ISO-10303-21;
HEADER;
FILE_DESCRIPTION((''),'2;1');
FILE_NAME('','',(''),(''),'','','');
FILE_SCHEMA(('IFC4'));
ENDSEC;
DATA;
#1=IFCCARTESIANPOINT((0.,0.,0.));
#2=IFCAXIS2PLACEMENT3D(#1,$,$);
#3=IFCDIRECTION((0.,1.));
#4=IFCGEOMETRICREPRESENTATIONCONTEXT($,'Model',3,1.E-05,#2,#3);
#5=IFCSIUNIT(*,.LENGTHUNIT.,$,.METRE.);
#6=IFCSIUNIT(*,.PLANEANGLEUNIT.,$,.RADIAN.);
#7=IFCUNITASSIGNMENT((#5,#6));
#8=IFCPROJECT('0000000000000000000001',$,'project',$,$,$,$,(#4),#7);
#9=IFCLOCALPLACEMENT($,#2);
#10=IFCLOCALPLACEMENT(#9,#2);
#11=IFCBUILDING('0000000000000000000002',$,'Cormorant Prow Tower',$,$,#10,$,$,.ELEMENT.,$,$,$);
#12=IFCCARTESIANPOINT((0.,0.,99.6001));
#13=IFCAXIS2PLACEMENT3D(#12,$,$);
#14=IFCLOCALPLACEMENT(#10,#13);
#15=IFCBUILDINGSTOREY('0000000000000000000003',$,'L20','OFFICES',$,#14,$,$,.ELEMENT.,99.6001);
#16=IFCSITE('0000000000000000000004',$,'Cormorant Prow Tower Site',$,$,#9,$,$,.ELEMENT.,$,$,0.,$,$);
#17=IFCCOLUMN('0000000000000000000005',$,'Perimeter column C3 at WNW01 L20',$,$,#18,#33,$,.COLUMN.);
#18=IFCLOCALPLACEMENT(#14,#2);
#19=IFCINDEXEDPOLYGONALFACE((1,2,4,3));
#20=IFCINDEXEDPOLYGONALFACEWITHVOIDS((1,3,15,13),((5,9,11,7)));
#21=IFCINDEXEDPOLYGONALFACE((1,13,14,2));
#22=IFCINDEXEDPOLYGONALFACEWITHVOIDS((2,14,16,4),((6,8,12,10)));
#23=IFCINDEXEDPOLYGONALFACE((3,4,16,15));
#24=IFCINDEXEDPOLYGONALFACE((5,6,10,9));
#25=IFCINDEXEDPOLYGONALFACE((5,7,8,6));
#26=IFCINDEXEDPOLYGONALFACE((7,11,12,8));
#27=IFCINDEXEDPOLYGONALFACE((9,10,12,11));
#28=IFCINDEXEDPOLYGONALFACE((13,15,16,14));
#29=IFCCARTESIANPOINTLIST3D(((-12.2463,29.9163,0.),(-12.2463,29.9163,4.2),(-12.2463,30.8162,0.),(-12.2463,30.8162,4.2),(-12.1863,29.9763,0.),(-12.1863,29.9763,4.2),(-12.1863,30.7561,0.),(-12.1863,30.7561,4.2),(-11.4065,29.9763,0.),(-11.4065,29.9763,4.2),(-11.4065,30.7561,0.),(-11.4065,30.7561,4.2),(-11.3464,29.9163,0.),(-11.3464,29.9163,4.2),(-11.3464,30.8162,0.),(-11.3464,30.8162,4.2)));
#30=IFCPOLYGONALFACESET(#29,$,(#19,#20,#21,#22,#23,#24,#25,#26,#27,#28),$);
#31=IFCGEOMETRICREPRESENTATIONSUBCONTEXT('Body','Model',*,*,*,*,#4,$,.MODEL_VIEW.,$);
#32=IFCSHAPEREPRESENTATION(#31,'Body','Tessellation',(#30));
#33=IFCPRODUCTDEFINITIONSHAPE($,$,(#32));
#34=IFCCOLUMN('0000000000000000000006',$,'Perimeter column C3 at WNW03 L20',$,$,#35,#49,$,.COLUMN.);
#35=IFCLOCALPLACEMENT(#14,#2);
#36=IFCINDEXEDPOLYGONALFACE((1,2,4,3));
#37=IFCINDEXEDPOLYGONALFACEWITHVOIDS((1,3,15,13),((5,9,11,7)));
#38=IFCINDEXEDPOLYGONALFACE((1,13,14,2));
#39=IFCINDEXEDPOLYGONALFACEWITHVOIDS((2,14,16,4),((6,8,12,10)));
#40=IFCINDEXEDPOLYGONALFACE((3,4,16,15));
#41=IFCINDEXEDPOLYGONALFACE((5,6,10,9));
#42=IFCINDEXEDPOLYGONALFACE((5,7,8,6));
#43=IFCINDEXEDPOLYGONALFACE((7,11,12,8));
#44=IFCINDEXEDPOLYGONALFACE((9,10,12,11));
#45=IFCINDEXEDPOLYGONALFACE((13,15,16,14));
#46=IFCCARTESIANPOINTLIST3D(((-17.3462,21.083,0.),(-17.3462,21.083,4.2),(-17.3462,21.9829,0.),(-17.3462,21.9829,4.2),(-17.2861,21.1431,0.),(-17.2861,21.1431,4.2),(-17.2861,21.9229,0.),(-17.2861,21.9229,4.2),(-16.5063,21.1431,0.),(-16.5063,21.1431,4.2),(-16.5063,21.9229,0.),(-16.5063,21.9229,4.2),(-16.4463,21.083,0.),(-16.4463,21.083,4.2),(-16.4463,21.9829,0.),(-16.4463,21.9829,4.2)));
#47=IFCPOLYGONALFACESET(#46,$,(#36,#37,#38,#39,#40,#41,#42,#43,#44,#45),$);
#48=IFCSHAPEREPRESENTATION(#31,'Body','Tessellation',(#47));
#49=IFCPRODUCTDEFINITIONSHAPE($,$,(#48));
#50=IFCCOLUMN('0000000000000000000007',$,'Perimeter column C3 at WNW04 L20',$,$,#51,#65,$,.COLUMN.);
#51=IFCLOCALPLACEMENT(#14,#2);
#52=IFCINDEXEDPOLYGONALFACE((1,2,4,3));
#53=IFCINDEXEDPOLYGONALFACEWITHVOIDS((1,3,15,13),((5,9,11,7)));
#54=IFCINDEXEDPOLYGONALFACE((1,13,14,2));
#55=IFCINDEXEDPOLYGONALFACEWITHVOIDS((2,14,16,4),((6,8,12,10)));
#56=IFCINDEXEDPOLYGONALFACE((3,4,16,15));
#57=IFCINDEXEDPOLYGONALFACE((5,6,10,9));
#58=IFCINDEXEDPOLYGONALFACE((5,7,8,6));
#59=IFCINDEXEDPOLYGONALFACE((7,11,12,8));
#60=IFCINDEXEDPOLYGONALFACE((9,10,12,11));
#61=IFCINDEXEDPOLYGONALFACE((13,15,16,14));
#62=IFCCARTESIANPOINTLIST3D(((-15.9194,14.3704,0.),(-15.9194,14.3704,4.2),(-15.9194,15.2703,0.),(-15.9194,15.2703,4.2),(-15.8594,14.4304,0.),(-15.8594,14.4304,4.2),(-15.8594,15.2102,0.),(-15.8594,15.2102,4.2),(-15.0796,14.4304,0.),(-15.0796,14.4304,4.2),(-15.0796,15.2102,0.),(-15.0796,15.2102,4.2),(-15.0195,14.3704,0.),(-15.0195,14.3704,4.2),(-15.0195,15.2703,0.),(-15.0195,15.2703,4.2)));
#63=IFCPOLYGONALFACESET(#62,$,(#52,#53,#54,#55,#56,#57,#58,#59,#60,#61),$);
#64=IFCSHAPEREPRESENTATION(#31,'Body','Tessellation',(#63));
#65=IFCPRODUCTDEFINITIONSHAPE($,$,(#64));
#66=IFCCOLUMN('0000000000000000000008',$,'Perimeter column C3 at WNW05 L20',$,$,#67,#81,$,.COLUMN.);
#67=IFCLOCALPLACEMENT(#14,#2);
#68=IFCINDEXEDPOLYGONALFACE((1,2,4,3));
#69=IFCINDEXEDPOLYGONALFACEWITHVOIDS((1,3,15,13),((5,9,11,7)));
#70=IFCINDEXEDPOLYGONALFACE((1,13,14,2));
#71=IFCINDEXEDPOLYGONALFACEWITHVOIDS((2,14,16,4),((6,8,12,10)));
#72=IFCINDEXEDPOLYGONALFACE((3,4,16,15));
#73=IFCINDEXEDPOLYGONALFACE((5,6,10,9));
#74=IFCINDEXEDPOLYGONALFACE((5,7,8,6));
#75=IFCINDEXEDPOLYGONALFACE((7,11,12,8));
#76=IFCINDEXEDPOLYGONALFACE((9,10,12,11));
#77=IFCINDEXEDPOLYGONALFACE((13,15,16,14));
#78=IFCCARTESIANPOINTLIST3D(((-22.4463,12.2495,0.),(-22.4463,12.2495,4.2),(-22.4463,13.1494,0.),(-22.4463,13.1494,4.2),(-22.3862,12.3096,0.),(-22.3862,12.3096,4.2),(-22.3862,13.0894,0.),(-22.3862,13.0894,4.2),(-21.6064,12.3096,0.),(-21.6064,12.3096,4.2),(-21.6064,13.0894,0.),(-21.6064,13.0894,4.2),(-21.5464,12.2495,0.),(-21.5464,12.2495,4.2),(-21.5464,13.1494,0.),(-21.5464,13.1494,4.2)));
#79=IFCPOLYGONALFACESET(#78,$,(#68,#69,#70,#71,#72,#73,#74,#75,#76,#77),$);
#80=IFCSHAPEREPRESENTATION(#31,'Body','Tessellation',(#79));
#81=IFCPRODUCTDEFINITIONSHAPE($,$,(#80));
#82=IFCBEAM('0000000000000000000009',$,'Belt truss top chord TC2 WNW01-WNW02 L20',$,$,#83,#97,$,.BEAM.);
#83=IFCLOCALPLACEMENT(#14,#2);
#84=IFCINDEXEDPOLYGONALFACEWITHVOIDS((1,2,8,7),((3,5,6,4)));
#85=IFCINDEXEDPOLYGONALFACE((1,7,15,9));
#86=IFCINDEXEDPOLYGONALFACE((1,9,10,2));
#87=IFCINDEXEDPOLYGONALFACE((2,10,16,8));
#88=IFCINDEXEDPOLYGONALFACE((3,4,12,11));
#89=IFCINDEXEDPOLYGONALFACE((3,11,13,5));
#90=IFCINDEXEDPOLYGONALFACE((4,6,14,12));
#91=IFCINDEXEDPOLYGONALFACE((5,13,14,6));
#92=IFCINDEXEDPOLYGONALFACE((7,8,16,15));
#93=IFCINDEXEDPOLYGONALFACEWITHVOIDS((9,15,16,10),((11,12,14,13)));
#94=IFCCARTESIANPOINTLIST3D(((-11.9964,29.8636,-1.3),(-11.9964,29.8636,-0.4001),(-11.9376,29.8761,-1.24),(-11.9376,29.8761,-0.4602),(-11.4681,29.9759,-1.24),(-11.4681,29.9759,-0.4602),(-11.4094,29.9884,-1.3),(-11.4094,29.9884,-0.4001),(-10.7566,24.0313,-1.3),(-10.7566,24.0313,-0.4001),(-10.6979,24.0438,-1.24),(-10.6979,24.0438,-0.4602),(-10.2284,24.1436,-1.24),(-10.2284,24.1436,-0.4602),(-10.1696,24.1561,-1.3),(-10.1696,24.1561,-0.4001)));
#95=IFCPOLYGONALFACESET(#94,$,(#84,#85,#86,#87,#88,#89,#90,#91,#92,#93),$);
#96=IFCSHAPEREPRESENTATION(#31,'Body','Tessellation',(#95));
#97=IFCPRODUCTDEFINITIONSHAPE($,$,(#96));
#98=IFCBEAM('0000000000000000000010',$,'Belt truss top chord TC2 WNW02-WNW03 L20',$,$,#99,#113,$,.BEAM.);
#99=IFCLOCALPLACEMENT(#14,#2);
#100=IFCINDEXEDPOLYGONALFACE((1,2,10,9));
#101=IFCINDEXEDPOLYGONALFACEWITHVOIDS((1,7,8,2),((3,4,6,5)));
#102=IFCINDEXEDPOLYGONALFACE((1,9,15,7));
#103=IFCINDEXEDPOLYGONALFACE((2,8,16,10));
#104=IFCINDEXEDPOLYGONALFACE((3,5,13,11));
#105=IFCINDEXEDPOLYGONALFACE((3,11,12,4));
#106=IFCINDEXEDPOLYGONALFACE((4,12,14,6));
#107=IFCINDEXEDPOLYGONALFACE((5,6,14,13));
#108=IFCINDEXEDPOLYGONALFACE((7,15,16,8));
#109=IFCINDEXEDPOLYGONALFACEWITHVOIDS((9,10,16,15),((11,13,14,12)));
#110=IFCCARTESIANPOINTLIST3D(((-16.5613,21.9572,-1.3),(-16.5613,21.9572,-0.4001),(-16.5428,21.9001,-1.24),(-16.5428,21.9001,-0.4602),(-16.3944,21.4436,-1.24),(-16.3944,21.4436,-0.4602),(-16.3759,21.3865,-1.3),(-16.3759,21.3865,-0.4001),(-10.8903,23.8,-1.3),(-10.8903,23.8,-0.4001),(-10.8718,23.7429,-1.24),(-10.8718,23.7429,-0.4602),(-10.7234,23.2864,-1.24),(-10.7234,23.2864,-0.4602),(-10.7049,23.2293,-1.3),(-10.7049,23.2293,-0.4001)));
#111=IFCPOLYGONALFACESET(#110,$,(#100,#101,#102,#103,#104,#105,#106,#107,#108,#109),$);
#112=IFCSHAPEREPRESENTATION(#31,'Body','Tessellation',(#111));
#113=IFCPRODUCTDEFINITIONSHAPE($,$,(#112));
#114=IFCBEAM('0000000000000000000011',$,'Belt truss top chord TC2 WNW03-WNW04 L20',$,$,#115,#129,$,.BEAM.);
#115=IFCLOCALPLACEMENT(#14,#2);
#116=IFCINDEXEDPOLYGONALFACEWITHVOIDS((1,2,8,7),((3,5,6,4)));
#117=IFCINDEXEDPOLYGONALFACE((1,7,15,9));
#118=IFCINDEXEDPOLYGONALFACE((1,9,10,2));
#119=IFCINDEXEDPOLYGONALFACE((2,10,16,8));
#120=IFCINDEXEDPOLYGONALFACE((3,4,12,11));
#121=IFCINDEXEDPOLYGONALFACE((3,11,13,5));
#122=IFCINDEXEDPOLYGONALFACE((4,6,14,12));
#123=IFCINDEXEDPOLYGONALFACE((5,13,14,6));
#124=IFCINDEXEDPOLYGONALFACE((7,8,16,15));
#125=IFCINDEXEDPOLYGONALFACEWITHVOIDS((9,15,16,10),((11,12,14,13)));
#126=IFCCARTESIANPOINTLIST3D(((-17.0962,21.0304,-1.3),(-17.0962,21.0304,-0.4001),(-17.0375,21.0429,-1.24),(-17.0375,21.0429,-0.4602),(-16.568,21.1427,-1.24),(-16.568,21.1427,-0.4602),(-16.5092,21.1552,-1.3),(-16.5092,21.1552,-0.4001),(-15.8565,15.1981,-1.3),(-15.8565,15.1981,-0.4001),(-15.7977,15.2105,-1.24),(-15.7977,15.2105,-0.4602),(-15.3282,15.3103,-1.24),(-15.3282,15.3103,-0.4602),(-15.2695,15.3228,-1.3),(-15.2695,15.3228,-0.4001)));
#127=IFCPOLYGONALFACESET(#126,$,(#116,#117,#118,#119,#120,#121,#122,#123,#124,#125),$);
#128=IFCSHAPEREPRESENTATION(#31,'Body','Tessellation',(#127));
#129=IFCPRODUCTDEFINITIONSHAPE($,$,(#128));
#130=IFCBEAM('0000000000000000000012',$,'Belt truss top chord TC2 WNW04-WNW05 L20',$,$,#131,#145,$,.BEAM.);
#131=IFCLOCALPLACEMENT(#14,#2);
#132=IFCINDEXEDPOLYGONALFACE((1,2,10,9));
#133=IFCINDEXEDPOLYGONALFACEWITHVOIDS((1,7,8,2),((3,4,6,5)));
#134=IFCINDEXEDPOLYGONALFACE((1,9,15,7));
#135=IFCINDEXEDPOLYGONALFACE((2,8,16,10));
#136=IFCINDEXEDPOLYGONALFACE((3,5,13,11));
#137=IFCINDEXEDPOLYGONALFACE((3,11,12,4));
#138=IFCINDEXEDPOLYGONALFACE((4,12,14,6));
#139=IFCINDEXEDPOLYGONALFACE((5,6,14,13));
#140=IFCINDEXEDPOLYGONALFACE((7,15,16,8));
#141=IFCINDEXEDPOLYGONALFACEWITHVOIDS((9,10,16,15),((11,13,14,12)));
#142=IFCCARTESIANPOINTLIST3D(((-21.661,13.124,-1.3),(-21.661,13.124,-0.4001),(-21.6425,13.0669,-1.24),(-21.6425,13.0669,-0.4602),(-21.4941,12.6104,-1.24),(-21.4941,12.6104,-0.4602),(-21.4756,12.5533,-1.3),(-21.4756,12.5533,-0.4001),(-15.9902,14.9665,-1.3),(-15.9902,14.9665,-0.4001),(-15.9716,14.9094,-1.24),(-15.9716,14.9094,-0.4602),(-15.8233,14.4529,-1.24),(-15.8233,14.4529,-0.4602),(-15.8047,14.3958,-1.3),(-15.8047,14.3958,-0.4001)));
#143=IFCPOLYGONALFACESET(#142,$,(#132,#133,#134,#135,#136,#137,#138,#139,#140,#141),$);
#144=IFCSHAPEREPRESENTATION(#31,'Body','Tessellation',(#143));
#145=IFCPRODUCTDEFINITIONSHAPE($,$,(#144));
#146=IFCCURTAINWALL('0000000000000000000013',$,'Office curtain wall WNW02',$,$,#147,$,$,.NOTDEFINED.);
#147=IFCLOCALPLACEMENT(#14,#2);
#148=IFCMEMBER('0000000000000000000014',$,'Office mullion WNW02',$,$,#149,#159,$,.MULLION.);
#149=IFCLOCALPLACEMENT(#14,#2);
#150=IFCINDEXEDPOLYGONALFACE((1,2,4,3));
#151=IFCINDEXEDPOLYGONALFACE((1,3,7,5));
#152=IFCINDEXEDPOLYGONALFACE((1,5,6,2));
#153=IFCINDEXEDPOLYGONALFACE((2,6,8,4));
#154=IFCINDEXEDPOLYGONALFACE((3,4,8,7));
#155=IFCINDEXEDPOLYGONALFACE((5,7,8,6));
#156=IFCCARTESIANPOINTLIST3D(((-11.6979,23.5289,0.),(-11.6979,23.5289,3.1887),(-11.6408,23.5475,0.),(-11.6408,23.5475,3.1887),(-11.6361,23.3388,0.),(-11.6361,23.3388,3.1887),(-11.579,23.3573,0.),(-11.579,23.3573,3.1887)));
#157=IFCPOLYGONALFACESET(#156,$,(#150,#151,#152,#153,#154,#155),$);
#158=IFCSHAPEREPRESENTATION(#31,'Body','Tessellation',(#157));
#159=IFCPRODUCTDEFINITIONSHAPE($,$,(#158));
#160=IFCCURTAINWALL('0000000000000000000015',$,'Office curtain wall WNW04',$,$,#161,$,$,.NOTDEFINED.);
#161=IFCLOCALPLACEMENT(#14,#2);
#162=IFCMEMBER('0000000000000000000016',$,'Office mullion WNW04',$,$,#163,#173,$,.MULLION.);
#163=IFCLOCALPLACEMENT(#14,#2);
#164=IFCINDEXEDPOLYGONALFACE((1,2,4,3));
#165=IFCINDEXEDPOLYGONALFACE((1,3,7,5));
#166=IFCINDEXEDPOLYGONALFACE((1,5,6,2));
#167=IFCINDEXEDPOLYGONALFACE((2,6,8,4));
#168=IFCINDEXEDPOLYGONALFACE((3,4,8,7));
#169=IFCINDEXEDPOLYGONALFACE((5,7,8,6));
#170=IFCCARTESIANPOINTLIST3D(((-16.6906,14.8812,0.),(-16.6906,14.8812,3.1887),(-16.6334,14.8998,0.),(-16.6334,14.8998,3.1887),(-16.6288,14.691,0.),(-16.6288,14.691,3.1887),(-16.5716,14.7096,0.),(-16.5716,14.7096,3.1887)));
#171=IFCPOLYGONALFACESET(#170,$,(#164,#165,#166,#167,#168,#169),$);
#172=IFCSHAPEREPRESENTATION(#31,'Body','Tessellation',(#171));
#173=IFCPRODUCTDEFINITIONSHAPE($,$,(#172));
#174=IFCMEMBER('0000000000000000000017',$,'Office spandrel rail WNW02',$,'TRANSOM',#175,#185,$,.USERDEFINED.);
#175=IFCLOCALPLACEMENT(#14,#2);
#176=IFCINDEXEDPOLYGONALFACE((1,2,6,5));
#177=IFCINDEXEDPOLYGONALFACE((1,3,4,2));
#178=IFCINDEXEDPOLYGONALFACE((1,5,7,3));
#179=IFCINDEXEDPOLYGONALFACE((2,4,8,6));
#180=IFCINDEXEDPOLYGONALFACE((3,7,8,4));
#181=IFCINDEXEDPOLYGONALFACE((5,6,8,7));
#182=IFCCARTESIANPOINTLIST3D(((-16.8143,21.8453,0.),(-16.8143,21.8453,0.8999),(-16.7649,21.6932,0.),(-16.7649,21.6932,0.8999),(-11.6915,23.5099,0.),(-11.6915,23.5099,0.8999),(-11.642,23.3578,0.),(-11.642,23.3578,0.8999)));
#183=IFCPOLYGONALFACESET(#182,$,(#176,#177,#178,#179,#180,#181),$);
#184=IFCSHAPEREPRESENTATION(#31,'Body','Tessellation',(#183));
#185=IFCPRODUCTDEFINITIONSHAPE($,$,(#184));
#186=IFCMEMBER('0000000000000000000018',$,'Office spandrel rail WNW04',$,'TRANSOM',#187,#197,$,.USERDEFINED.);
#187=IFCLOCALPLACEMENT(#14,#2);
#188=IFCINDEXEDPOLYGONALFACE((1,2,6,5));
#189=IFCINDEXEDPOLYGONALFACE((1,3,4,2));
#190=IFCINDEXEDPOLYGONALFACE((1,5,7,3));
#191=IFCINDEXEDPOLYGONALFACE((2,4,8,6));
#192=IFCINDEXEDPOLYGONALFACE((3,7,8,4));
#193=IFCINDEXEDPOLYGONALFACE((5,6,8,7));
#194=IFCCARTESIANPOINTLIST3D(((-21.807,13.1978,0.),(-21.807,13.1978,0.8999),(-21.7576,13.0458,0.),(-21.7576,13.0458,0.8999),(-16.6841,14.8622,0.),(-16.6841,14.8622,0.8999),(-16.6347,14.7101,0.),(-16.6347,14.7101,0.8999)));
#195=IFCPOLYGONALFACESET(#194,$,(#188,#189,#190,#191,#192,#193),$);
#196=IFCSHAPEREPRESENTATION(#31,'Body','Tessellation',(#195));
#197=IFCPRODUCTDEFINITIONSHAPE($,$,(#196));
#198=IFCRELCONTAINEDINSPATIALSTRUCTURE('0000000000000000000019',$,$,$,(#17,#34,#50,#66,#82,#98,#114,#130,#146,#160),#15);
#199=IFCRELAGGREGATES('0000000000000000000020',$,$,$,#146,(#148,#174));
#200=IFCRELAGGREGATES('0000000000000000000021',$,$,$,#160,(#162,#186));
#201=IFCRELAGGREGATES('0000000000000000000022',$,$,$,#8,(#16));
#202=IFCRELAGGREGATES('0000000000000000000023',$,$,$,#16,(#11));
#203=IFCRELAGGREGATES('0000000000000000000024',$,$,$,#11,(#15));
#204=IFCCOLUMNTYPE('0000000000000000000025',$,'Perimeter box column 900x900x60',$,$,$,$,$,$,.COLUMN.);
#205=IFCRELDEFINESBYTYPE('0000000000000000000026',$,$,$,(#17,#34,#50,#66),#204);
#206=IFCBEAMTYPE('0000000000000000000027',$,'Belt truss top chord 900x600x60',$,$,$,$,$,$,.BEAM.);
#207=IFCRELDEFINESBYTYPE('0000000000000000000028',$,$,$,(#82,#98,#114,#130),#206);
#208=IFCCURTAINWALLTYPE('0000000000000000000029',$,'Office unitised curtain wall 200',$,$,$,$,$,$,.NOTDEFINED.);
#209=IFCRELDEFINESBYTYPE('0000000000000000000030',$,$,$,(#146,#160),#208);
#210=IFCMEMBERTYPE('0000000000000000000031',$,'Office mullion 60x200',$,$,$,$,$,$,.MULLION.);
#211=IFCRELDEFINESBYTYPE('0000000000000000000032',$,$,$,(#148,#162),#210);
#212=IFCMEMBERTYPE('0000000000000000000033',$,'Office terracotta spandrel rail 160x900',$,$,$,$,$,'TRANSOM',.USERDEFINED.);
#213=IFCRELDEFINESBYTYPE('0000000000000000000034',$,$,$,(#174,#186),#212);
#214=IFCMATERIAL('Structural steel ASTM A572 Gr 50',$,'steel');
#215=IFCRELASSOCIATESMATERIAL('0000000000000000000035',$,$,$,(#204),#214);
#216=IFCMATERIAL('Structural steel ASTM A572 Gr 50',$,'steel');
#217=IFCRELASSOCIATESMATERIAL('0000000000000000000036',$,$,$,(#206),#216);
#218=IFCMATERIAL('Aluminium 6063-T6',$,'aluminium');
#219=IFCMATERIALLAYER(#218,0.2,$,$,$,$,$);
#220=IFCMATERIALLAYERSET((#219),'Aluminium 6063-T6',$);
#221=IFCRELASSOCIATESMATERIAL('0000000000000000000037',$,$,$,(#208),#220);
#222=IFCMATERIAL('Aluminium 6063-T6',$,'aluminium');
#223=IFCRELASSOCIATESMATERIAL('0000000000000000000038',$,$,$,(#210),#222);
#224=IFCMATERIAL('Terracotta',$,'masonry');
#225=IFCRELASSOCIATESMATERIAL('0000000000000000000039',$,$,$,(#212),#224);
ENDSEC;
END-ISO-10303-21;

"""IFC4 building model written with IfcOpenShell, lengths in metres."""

from ifc_helpers import new_model, si_unit, direction, frame, origin, origin_2d, place, context, subcontext, project, spatial, rectangle, hollow_rectangle, extrude, material, layer, layer_set, material_profile, profile_set, type_object, element, aggregate, save


model = new_model("IFC4")

# Units and contexts
model_context = context("Model", 3, precision=1e-05, world=origin(), true_north=direction((0.0, 1.0)))
body_context = subcontext(model_context, "Body", "Model", "MODEL_VIEW")
ifc_project = project(units=[si_unit("LENGTHUNIT", "METRE"), si_unit("PLANEANGLEUNIT", "RADIAN")], contexts=[model_context])

# Site, building, storey
site_placement = place(None, origin())
site = spatial("IfcSite", under=ifc_project, at=site_placement, Name="Cormorant Prow Tower Site", CompositionType="ELEMENT", RefElevation=0.0)
building_placement = place(site_placement, origin())
building = spatial("IfcBuilding", under=site, at=building_placement, Name="Cormorant Prow Tower", CompositionType="ELEMENT")
storey_placement = place(building_placement, frame((0.0, 0.0, 99.6001)))
storey = spatial("IfcBuildingStorey", under=building, at=storey_placement, Name="L20", Description="OFFICES", CompositionType="ELEMENT", Elevation=99.6001)

# Columns
ifc_material_1 = material(Name="Structural steel ASTM A572 Gr 50", Category="steel")
ifc_material_profile_1 = material_profile(ifc_material_1, hollow_rectangle(XDim=0.8999, YDim=0.8999, WallThickness=0.0601, at=origin_2d()), Name="Box 900x900x60")
ifc_profile_set_1 = profile_set([ifc_material_profile_1], Name="Structural steel ASTM A572 Gr 50")
column_type = type_object("IfcColumnType", Name="Perimeter box column 900x900x60", PredefinedType="COLUMN", material=ifc_profile_set_1)
for number, where, z_axis, x_axis, name in (
    (1, (-11.7964, 30.3662, 0.0), (0.0, 0.0, 1.0), (1.0, 0.0, 0.0), "Perimeter column C3 at WNW01 L20"),
    (2, (-16.8962, 21.533, 0.0), (0.0, 0.0, 1.0), (1.0, 0.0, 0.0), "Perimeter column C3 at WNW03 L20"),
    (3, (-15.4695, 14.8203, 0.0), (0.0, 0.0, 1.0), (1.0, 0.0, 0.0), "Perimeter column C3 at WNW04 L20"),
    (4, (-21.9963, 12.6995, 0.0), (0.0, 0.0, 1.0), (1.0, 0.0, 0.0), "Perimeter column C3 at WNW05 L20"),
):
    element("IfcColumn", number, at=place(storey_placement, frame(where, z_axis=z_axis, x_axis=x_axis)), inside=storey, type_object=column_type, Name=name, PredefinedType="COLUMN", context=body_context, shape_type="SweptSolid", body=[
        extrude(hollow_rectangle(XDim=0.8999, YDim=0.8999, WallThickness=0.0601, at=origin_2d()), origin(), (0.0, 0.0, 1.0), 4.2),
    ])

# Beams
ifc_material_2 = material(Name="Structural steel ASTM A572 Gr 50", Category="steel")
ifc_material_profile_2 = material_profile(ifc_material_2, hollow_rectangle(XDim=0.6001, YDim=0.8999, WallThickness=0.0601, at=origin_2d()), Name="Box 900x600x60")
ifc_profile_set_2 = profile_set([ifc_material_profile_2], Name="Structural steel ASTM A572 Gr 50")
beam_type = type_object("IfcBeamType", Name="Belt truss top chord 900x600x60", PredefinedType="BEAM", material=ifc_profile_set_2)
beam_1_placement = place(storey_placement, frame((-11.7029, 29.926, -0.8501), z_axis=(0.207921, -0.978146, 0.0), x_axis=(0.978146, 0.207921, 0.0)))
element("IfcBeam", 5, at=beam_1_placement, inside=storey, type_object=beam_type, Name="Belt truss top chord TC2 WNW01-WNW02 L20", PredefinedType="BEAM", context=body_context, shape_type="SweptSolid", body=[
    extrude(hollow_rectangle(XDim=0.6001, YDim=0.8999, WallThickness=0.0601, at=origin_2d()), origin(), (0.0, 0.0, 1.0), 5.9626),
])
beam_2_placement = place(storey_placement, frame((-10.7976, 23.5146, -0.8501), z_axis=(-0.951047, -0.309045, 0.0), x_axis=(0.309045, -0.951047, 0.0)))
element("IfcBeam", 6, at=beam_2_placement, inside=storey, type_object=beam_type, Name="Belt truss top chord TC2 WNW02-WNW03 L20", PredefinedType="BEAM", context=body_context, shape_type="SweptSolid", body=[
    extrude(hollow_rectangle(XDim=0.6001, YDim=0.8999, WallThickness=0.0601, at=origin_2d()), origin(), (0.0, 0.0, 1.0), 5.9629),
])
for number, where, z_axis, x_axis, name in (
    (7, (-16.8027, 21.0928, -0.8501), (0.207921, -0.978146, 0.0), (0.978146, 0.207921, 0.0), "Belt truss top chord TC2 WNW03-WNW04 L20"),
    (8, (-15.8975, 14.6812, -0.8501), (-0.951059, -0.309008, 0.0), (0.309008, -0.951059, 0.0), "Belt truss top chord TC2 WNW04-WNW05 L20"),
):
    element("IfcBeam", number, at=place(storey_placement, frame(where, z_axis=z_axis, x_axis=x_axis)), inside=storey, type_object=beam_type, Name=name, PredefinedType="BEAM", context=body_context, shape_type="SweptSolid", body=[
        extrude(hollow_rectangle(XDim=0.6001, YDim=0.8999, WallThickness=0.0601, at=origin_2d()), origin(), (0.0, 0.0, 1.0), 5.9626),
    ])

# Curtain walls, members
ifc_material_3 = material(Name="Aluminium 6063-T6", Category="aluminium")
ifc_layer_1 = layer(ifc_material_3, 0.2)
ifc_layer_set_1 = layer_set([ifc_layer_1], Name="Aluminium 6063-T6")
curtain_wall_type = type_object("IfcCurtainWallType", Name="Office unitised curtain wall 200", PredefinedType="NOTDEFINED", material=ifc_layer_set_1)
curtain_wall_1_placement = place(storey_placement, origin())
curtain_wall_1 = element("IfcCurtainWall", 9, at=curtain_wall_1_placement, inside=storey, type_object=curtain_wall_type, Name="Office curtain wall WNW02", PredefinedType="NOTDEFINED")
ifc_material_4 = material(Name="Aluminium 6063-T6", Category="aluminium")
ifc_material_profile_3 = material_profile(ifc_material_4, rectangle(XDim=0.2, YDim=0.0601, at=origin_2d()), Name="Office mullion 60x200")
ifc_profile_set_3 = profile_set([ifc_material_profile_3], Name="Aluminium 6063-T6")
member_type_1 = type_object("IfcMemberType", Name="Office mullion 60x200", PredefinedType="MULLION", material=ifc_profile_set_3)
member_1_placement = place(storey_placement, frame((-11.6384, 23.4431, 0.0), z_axis=(0.0, 0.0, 1.0), x_axis=(0.309017, -0.951057, 0.0)))
member_1 = element("IfcMember", 10, at=member_1_placement, type_object=member_type_1, Name="Office mullion WNW02", PredefinedType="MULLION", context=body_context, shape_type="SweptSolid", body=[
    extrude(rectangle(XDim=0.2, YDim=0.0601, at=origin_2d()), origin(), (0.0, 0.0, 1.0), 3.1887),
])
curtain_wall_2_placement = place(storey_placement, origin())
curtain_wall_2 = element("IfcCurtainWall", 11, at=curtain_wall_2_placement, inside=storey, type_object=curtain_wall_type, Name="Office curtain wall WNW04", PredefinedType="NOTDEFINED")
member_2_placement = place(storey_placement, frame((-16.6311, 14.7954, 0.0), z_axis=(0.0, 0.0, 1.0), x_axis=(0.309017, -0.951057, 0.0)))
member_2 = element("IfcMember", 12, at=member_2_placement, type_object=member_type_1, Name="Office mullion WNW04", PredefinedType="MULLION", context=body_context, shape_type="SweptSolid", body=[
    extrude(rectangle(XDim=0.2, YDim=0.0601, at=origin_2d()), origin(), (0.0, 0.0, 1.0), 3.1887),
])

# Members
ifc_material_5 = material(Name="Terracotta", Category="masonry")
ifc_material_profile_4 = material_profile(ifc_material_5, rectangle(XDim=0.1599, YDim=0.8999, at=origin_2d()), Name="Office terracotta spandrel rail 160x900")
ifc_profile_set_4 = profile_set([ifc_material_profile_4], Name="Terracotta")
member_type_2 = type_object("IfcMemberType", Name="Office terracotta spandrel rail 160x900", ElementType="TRANSOM", PredefinedType="USERDEFINED", material=ifc_profile_set_4)
member_3_placement = place(storey_placement, frame((-11.6667, 23.4338, 0.45), z_axis=(-0.951054, -0.309026, 0.0), x_axis=(0.309026, -0.951054, 0.0)))
member_3 = element("IfcMember", 13, at=member_3_placement, type_object=member_type_2, Name="Office spandrel rail WNW02", ObjectType="TRANSOM", PredefinedType="USERDEFINED", context=body_context, shape_type="SweptSolid", body=[
    extrude(rectangle(XDim=0.1599, YDim=0.8999, at=origin_2d()), origin(), (0.0, 0.0, 1.0), 5.3865),
])
member_4_placement = place(storey_placement, frame((-16.6594, 14.7861, 0.45), z_axis=(-0.951067, -0.308985, 0.0), x_axis=(0.308985, -0.951067, 0.0)))
member_4 = element("IfcMember", 14, at=member_4_placement, type_object=member_type_2, Name="Office spandrel rail WNW04", ObjectType="TRANSOM", PredefinedType="USERDEFINED", context=body_context, shape_type="SweptSolid", body=[
    extrude(rectangle(XDim=0.1599, YDim=0.8999, at=origin_2d()), origin(), (0.0, 0.0, 1.0), 5.3865),
])

aggregate(curtain_wall_1, [member_1, member_3])
aggregate(curtain_wall_2, [member_2, member_4])

save(model, "model.ifc")
